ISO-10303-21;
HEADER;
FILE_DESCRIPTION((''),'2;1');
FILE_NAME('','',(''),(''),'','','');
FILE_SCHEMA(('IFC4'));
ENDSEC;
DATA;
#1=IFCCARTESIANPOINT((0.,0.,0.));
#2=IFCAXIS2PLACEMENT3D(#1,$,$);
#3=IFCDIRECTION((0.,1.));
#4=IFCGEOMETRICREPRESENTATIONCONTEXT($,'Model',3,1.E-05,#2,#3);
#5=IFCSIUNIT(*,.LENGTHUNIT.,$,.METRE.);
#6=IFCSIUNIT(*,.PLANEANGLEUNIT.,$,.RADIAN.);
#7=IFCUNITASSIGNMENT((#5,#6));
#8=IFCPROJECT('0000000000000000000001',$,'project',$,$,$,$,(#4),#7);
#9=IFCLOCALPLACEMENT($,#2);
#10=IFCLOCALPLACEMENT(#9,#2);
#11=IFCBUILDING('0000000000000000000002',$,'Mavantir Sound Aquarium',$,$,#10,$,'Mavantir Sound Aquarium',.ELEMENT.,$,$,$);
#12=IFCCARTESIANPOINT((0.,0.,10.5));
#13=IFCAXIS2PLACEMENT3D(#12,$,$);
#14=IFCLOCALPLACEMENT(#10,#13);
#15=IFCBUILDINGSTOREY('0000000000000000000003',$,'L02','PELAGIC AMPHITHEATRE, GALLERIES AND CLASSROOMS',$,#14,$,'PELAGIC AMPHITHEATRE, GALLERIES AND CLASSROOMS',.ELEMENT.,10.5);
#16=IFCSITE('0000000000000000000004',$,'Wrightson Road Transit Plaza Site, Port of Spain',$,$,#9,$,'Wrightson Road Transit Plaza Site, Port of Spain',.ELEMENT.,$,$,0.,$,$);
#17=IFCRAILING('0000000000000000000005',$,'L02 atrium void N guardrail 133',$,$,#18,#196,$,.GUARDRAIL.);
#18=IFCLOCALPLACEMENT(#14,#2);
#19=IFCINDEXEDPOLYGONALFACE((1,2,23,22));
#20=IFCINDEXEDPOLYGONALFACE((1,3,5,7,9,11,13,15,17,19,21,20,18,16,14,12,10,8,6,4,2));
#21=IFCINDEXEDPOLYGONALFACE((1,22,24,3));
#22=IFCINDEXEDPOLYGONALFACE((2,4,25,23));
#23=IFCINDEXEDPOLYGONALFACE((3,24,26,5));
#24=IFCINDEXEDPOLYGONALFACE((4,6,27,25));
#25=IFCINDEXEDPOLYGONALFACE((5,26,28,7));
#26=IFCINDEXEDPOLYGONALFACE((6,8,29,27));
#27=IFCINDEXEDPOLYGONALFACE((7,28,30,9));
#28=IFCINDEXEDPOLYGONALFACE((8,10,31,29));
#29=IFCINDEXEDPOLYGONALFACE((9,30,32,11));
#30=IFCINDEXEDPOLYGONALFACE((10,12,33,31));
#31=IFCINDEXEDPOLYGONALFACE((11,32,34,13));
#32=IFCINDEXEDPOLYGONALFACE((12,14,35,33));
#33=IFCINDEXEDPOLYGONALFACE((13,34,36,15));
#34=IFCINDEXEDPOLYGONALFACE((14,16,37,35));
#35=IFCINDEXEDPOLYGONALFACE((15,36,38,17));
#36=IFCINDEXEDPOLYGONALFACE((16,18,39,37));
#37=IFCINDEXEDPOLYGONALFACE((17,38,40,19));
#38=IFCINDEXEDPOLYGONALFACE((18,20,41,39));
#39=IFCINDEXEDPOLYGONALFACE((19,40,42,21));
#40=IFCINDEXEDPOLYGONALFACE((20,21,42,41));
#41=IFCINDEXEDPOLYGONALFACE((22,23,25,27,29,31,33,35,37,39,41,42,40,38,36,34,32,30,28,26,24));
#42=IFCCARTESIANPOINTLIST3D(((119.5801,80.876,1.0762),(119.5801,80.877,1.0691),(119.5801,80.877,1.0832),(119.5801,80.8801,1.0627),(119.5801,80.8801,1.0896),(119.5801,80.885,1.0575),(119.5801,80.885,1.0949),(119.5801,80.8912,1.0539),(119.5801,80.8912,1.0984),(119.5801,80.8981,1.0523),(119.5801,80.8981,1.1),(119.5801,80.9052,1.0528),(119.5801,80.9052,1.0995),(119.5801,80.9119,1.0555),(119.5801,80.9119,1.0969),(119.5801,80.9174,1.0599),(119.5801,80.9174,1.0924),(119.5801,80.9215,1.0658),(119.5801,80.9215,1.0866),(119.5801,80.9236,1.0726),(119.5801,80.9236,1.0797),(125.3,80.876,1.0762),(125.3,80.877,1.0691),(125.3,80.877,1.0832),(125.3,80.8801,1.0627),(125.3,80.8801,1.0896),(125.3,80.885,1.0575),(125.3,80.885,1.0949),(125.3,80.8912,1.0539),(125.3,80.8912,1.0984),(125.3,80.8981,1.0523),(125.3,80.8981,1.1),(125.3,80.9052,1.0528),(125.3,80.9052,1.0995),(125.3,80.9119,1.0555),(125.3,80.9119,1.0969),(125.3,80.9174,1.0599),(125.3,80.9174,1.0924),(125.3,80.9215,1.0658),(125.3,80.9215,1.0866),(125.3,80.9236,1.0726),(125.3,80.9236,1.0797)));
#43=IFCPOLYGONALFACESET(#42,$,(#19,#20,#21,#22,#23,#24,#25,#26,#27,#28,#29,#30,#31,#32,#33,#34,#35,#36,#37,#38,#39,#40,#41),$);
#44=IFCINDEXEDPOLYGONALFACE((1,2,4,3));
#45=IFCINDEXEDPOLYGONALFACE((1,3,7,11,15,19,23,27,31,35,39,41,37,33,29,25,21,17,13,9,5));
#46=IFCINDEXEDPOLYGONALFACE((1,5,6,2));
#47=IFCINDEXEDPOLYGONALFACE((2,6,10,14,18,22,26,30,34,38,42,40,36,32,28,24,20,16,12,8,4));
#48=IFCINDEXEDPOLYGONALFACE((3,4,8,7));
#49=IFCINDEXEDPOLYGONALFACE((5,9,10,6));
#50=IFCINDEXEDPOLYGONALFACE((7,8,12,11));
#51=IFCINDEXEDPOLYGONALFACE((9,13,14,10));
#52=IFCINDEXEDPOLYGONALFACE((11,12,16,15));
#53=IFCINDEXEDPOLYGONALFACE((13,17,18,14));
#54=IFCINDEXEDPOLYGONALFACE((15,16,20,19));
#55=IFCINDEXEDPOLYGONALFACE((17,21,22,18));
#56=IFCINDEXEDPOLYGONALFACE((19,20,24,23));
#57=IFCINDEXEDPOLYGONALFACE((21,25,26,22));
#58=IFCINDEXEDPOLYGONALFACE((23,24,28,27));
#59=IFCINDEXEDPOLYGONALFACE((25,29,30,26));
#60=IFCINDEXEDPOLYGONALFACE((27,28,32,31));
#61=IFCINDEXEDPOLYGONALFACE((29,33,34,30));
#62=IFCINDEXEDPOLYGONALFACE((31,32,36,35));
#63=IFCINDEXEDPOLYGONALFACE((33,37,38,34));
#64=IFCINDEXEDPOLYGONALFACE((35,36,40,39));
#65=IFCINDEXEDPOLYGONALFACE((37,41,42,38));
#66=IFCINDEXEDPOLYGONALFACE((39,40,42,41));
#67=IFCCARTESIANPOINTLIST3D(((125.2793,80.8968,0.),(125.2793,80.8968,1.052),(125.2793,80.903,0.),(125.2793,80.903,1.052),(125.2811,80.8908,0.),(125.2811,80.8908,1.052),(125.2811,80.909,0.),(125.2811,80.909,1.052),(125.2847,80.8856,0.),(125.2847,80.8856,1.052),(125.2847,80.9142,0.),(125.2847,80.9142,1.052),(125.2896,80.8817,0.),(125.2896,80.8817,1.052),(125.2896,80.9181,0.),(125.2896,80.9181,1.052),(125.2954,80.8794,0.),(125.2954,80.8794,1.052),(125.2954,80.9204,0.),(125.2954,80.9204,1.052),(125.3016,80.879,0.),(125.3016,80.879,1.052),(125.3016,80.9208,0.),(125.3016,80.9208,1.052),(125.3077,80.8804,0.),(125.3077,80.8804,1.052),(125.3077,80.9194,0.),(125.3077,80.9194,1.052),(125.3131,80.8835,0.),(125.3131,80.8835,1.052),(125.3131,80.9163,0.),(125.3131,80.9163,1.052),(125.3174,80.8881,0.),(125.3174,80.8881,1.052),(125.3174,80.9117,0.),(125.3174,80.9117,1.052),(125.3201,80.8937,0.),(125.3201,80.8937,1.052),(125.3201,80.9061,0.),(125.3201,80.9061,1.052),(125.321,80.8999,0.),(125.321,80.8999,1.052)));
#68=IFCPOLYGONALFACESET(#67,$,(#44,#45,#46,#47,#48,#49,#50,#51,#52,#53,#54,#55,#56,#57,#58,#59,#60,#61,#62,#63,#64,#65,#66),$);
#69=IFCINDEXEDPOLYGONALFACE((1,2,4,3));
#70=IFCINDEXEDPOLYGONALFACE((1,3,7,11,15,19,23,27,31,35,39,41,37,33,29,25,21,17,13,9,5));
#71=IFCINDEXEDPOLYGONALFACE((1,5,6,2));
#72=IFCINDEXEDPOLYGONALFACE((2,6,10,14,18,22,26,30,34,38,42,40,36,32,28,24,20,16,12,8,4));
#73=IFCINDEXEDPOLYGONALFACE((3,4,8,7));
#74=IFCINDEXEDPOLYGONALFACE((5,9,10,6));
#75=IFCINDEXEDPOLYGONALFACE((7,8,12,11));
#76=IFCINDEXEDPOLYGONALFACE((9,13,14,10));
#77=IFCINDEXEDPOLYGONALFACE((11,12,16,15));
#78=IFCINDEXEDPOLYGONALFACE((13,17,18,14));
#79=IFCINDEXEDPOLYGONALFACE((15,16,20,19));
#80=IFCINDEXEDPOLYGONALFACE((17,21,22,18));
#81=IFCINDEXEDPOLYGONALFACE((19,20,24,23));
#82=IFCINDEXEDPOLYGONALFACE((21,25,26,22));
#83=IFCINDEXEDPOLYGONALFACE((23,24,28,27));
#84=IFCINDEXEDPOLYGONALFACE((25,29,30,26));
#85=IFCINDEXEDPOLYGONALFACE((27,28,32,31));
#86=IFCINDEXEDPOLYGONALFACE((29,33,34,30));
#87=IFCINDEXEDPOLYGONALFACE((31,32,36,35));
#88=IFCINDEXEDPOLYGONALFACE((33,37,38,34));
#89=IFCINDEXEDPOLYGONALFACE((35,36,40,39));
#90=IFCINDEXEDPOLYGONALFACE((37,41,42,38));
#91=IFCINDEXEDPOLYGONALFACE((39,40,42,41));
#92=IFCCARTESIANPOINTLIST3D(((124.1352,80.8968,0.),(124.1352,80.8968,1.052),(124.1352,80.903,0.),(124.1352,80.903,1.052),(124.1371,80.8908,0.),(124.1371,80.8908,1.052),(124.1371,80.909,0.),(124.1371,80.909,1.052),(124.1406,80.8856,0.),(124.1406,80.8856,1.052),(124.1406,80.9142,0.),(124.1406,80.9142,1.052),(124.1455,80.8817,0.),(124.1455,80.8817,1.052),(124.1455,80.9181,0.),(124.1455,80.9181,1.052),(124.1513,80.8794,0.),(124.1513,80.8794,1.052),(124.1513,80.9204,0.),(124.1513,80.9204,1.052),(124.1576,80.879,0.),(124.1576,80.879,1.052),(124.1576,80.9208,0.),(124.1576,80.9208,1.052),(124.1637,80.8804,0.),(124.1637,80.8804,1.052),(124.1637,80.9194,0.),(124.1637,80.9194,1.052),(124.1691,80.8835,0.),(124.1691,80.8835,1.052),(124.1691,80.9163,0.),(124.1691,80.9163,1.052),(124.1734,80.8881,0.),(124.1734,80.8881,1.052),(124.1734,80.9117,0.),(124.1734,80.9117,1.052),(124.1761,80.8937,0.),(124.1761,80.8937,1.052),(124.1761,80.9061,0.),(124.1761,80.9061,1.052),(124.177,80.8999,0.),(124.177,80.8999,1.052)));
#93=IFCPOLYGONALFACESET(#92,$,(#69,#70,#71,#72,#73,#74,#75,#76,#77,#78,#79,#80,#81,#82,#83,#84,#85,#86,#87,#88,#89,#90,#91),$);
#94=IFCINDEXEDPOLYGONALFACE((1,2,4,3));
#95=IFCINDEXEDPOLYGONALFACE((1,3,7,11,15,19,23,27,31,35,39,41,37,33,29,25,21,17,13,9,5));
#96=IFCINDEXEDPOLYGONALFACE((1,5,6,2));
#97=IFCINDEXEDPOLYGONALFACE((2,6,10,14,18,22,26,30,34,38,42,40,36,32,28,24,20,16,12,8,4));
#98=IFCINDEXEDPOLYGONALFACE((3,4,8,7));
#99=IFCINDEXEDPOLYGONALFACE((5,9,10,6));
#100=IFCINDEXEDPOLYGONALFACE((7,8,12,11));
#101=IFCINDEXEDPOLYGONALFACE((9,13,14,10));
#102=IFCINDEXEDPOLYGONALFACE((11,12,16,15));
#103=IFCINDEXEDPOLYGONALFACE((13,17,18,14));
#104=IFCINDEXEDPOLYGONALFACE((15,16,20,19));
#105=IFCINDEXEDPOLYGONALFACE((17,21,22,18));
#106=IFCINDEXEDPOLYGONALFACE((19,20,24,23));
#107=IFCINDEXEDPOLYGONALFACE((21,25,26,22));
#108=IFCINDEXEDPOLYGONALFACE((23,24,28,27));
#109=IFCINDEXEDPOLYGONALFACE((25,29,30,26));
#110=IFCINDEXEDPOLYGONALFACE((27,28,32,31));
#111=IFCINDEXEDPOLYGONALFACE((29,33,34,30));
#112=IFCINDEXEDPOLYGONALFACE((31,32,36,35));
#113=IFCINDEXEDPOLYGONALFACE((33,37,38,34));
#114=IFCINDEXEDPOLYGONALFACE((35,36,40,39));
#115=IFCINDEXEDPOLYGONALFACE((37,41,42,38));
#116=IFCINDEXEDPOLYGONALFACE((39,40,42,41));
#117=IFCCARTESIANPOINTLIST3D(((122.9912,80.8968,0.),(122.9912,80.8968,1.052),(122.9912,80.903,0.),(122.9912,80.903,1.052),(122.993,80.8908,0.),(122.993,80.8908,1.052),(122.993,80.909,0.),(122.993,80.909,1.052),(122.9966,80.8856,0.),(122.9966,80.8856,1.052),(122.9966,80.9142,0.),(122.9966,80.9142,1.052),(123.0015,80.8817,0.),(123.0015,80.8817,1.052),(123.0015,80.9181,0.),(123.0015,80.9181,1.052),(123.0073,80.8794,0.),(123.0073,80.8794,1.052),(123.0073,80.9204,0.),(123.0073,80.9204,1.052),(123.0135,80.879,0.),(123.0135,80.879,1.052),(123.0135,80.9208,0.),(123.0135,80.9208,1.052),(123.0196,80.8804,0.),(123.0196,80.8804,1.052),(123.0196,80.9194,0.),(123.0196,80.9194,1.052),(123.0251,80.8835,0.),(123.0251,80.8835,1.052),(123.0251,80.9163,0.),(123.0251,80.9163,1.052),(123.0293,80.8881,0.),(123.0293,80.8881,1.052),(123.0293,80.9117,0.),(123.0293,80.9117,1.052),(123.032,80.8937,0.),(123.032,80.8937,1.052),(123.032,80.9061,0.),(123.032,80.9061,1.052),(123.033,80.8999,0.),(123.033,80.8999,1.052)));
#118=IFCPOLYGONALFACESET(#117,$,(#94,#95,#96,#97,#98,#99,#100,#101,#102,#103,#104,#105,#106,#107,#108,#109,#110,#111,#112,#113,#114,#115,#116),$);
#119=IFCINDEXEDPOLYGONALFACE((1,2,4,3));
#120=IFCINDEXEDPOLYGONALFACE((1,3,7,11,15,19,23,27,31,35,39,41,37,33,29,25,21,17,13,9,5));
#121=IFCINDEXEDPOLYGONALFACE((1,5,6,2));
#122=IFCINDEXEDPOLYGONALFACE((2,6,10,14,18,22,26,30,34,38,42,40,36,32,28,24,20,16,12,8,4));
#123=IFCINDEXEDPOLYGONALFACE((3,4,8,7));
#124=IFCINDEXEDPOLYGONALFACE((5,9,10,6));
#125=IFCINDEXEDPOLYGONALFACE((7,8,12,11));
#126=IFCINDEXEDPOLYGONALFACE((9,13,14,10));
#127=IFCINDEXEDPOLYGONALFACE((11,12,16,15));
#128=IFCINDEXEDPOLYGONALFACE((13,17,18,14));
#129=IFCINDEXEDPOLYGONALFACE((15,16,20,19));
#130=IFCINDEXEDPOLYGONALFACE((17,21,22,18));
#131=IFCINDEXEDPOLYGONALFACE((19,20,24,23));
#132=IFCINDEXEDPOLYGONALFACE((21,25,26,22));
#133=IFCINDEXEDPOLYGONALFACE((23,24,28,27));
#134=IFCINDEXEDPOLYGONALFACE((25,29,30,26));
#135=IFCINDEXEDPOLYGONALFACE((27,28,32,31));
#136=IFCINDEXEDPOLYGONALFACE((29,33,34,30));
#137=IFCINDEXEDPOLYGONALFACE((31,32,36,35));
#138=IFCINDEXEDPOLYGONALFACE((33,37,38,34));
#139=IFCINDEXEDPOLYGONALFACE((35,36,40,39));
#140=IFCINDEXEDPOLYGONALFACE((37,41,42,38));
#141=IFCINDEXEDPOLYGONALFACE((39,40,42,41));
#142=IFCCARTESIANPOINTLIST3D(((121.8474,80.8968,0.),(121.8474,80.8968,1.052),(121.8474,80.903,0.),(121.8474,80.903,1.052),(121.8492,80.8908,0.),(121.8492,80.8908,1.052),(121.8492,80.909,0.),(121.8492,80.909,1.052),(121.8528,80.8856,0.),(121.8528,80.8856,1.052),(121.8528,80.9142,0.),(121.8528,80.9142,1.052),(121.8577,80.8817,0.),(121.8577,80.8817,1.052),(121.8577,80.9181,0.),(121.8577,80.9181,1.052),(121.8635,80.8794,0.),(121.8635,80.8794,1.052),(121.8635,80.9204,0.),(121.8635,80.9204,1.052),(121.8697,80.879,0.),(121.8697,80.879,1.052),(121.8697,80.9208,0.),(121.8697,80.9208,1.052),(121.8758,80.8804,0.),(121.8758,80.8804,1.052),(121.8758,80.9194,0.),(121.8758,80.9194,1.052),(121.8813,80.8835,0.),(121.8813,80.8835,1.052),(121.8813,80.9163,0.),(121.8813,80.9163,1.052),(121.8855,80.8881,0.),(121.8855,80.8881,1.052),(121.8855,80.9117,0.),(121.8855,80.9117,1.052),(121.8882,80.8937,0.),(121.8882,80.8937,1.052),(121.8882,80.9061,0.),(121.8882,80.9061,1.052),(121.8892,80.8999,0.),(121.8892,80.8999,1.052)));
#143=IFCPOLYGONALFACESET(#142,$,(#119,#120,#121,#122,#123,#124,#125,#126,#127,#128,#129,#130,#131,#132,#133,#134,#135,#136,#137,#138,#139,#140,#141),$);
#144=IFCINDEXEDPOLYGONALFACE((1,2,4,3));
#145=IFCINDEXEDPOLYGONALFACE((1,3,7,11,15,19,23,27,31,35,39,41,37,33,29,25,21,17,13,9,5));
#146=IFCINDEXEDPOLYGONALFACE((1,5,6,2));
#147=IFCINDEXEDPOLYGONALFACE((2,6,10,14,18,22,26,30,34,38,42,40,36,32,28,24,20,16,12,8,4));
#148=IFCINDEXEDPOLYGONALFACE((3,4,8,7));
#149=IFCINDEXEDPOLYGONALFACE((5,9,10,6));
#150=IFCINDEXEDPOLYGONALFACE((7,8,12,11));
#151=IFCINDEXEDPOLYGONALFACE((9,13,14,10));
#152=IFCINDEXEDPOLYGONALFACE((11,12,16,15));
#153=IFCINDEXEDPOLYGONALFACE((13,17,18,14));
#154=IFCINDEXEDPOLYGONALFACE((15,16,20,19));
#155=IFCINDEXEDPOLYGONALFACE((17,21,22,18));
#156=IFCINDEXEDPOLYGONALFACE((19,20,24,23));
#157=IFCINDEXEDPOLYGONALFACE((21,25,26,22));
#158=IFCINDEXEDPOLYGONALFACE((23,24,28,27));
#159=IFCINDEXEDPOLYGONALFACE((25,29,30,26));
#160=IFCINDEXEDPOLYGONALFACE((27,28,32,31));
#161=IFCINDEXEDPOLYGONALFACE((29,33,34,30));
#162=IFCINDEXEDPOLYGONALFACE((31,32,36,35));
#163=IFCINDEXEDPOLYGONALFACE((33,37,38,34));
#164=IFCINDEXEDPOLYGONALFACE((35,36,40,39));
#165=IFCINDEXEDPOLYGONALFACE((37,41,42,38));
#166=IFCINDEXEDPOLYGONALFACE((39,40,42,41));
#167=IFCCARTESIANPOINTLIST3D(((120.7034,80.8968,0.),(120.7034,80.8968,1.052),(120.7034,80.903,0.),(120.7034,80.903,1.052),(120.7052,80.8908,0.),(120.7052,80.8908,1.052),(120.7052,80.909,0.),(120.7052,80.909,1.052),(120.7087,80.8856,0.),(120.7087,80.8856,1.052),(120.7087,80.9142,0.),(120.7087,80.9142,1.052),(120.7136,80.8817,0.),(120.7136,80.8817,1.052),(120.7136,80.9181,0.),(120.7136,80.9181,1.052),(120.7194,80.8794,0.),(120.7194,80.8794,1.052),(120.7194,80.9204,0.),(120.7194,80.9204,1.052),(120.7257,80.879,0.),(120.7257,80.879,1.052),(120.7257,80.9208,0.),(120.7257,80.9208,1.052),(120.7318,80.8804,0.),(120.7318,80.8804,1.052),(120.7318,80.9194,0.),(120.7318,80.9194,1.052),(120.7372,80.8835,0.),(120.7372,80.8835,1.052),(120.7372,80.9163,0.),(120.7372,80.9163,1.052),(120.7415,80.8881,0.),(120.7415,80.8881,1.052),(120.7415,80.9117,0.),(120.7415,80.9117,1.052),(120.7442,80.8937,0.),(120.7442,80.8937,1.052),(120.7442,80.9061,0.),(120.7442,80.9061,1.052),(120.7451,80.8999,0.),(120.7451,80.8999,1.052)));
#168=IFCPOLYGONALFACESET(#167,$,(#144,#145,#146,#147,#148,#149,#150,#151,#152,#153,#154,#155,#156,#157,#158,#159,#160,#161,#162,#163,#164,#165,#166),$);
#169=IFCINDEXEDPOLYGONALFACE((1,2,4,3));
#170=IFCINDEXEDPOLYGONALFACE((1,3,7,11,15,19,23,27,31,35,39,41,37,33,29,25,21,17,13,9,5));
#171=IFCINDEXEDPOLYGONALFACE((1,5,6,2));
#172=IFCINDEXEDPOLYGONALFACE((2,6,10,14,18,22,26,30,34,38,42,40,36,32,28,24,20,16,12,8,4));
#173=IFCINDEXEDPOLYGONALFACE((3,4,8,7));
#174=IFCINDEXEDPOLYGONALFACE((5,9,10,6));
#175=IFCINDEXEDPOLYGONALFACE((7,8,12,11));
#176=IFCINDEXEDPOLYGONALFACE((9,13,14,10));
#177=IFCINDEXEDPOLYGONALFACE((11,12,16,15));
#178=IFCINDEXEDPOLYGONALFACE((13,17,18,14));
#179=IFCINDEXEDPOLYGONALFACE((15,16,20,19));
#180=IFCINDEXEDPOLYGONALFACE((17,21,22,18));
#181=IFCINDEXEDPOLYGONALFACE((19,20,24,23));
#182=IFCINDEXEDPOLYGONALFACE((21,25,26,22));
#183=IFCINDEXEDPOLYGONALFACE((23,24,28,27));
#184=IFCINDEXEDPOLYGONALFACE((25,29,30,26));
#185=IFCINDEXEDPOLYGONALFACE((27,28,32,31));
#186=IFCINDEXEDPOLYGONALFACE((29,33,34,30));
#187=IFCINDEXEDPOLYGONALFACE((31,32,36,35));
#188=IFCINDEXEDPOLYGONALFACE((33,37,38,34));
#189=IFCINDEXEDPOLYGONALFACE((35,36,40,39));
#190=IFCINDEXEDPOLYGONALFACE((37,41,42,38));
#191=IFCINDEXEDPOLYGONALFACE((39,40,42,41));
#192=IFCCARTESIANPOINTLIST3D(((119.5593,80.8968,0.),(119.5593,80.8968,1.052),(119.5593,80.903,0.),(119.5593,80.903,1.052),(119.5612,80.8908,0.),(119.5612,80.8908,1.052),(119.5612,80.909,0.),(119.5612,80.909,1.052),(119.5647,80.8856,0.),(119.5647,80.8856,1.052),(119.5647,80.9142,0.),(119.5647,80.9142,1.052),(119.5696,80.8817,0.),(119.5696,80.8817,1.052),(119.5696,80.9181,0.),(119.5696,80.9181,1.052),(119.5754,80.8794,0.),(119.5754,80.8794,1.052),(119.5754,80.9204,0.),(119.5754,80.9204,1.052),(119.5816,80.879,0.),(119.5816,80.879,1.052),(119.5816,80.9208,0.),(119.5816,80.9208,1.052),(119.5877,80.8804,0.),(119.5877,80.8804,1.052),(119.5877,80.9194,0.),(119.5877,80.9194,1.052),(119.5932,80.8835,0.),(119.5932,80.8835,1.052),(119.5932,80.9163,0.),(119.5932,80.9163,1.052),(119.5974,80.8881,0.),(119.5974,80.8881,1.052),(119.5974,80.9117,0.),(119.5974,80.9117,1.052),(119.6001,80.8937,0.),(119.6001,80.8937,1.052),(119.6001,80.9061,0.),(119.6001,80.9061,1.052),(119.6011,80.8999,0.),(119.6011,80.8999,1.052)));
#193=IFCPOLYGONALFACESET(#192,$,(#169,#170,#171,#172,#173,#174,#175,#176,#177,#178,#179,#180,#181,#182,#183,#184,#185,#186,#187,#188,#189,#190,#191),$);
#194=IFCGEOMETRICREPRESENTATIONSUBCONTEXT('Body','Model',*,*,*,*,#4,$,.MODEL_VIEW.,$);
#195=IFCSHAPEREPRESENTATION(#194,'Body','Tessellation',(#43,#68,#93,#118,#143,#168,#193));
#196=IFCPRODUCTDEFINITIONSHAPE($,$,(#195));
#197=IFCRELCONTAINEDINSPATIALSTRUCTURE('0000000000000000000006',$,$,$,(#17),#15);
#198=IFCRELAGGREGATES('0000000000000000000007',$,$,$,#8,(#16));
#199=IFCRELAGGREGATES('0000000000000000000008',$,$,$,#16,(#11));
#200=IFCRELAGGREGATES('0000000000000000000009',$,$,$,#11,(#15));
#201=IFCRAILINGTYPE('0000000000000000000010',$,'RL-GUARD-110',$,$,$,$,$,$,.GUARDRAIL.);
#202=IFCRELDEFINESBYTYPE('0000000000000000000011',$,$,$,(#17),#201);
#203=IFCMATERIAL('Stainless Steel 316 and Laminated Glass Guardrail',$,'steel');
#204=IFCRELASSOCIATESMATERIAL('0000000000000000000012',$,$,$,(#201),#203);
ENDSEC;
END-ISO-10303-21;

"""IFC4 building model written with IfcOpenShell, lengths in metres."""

from ifc_helpers import new_model, si_unit, direction, frame, origin, origin_2d, place, context, subcontext, project, spatial, circle, extrude, material, type_object, element, save


model = new_model("IFC4")

# Units and contexts
model_context = context("Model", 3, precision=1e-05, world=origin(), true_north=direction((0.0, 1.0)))
body_context = subcontext(model_context, "Body", "Model", "MODEL_VIEW")
ifc_project = project(units=[si_unit("LENGTHUNIT", "METRE"), si_unit("PLANEANGLEUNIT", "RADIAN")], contexts=[model_context])

# Site, building, storey
site_placement = place(None, origin())
site = spatial("IfcSite", under=ifc_project, at=site_placement, Name="Wrightson Road Transit Plaza Site, Port of Spain", LongName="Wrightson Road Transit Plaza Site, Port of Spain", CompositionType="ELEMENT", RefElevation=0.0)
building_placement = place(site_placement, origin())
building = spatial("IfcBuilding", under=site, at=building_placement, Name="Mavantir Sound Aquarium", LongName="Mavantir Sound Aquarium", CompositionType="ELEMENT")
storey_placement = place(building_placement, frame((0.0, 0.0, 10.5)))
storey = spatial("IfcBuildingStorey", under=building, at=storey_placement, Name="L02", Description="PELAGIC AMPHITHEATRE, GALLERIES AND CLASSROOMS", LongName="PELAGIC AMPHITHEATRE, GALLERIES AND CLASSROOMS", CompositionType="ELEMENT", Elevation=10.5)

# Railing
ifc_material_1 = material(Name="Stainless Steel 316 and Laminated Glass Guardrail", Category="steel")
railing_type = type_object("IfcRailingType", Name="RL-GUARD-110", PredefinedType="GUARDRAIL", material=ifc_material_1)
railing_1_placement = place(storey_placement, frame((125.3, 80.8999, 0.0)))
element("IfcRailing", 1, at=railing_1_placement, inside=storey, type_object=railing_type, Name="L02 atrium void N guardrail 133", PredefinedType="GUARDRAIL", context=body_context, shape_type="SweptSolid", body=[
    extrude(circle(Radius=0.0239, at=origin_2d()), frame((0.0, 0.0, 1.0762), z_axis=(-1.0, 0.0, 0.0), x_axis=(0.0, -1.0, 0.0)), (0.0, 0.0, 1.0), 5.72),
    extrude(circle(Radius=0.021, at=origin_2d()), origin(), (0.0, 0.0, 1.0), 1.052),
    extrude(circle(Radius=0.021, at=origin_2d()), frame((-1.144, 0.0, 0.0)), (0.0, 0.0, 1.0), 1.052),
    extrude(circle(Radius=0.021, at=origin_2d()), frame((-2.2881, 0.0, 0.0)), (0.0, 0.0, 1.0), 1.052),
    extrude(circle(Radius=0.021, at=origin_2d()), frame((-3.4319, 0.0, 0.0)), (0.0, 0.0, 1.0), 1.052),
    extrude(circle(Radius=0.021, at=origin_2d()), frame((-4.5759, 0.0, 0.0)), (0.0, 0.0, 1.0), 1.052),
    extrude(circle(Radius=0.021, at=origin_2d()), frame((-5.72, 0.0, 0.0)), (0.0, 0.0, 1.0), 1.052),
])

save(model, "model.ifc")
